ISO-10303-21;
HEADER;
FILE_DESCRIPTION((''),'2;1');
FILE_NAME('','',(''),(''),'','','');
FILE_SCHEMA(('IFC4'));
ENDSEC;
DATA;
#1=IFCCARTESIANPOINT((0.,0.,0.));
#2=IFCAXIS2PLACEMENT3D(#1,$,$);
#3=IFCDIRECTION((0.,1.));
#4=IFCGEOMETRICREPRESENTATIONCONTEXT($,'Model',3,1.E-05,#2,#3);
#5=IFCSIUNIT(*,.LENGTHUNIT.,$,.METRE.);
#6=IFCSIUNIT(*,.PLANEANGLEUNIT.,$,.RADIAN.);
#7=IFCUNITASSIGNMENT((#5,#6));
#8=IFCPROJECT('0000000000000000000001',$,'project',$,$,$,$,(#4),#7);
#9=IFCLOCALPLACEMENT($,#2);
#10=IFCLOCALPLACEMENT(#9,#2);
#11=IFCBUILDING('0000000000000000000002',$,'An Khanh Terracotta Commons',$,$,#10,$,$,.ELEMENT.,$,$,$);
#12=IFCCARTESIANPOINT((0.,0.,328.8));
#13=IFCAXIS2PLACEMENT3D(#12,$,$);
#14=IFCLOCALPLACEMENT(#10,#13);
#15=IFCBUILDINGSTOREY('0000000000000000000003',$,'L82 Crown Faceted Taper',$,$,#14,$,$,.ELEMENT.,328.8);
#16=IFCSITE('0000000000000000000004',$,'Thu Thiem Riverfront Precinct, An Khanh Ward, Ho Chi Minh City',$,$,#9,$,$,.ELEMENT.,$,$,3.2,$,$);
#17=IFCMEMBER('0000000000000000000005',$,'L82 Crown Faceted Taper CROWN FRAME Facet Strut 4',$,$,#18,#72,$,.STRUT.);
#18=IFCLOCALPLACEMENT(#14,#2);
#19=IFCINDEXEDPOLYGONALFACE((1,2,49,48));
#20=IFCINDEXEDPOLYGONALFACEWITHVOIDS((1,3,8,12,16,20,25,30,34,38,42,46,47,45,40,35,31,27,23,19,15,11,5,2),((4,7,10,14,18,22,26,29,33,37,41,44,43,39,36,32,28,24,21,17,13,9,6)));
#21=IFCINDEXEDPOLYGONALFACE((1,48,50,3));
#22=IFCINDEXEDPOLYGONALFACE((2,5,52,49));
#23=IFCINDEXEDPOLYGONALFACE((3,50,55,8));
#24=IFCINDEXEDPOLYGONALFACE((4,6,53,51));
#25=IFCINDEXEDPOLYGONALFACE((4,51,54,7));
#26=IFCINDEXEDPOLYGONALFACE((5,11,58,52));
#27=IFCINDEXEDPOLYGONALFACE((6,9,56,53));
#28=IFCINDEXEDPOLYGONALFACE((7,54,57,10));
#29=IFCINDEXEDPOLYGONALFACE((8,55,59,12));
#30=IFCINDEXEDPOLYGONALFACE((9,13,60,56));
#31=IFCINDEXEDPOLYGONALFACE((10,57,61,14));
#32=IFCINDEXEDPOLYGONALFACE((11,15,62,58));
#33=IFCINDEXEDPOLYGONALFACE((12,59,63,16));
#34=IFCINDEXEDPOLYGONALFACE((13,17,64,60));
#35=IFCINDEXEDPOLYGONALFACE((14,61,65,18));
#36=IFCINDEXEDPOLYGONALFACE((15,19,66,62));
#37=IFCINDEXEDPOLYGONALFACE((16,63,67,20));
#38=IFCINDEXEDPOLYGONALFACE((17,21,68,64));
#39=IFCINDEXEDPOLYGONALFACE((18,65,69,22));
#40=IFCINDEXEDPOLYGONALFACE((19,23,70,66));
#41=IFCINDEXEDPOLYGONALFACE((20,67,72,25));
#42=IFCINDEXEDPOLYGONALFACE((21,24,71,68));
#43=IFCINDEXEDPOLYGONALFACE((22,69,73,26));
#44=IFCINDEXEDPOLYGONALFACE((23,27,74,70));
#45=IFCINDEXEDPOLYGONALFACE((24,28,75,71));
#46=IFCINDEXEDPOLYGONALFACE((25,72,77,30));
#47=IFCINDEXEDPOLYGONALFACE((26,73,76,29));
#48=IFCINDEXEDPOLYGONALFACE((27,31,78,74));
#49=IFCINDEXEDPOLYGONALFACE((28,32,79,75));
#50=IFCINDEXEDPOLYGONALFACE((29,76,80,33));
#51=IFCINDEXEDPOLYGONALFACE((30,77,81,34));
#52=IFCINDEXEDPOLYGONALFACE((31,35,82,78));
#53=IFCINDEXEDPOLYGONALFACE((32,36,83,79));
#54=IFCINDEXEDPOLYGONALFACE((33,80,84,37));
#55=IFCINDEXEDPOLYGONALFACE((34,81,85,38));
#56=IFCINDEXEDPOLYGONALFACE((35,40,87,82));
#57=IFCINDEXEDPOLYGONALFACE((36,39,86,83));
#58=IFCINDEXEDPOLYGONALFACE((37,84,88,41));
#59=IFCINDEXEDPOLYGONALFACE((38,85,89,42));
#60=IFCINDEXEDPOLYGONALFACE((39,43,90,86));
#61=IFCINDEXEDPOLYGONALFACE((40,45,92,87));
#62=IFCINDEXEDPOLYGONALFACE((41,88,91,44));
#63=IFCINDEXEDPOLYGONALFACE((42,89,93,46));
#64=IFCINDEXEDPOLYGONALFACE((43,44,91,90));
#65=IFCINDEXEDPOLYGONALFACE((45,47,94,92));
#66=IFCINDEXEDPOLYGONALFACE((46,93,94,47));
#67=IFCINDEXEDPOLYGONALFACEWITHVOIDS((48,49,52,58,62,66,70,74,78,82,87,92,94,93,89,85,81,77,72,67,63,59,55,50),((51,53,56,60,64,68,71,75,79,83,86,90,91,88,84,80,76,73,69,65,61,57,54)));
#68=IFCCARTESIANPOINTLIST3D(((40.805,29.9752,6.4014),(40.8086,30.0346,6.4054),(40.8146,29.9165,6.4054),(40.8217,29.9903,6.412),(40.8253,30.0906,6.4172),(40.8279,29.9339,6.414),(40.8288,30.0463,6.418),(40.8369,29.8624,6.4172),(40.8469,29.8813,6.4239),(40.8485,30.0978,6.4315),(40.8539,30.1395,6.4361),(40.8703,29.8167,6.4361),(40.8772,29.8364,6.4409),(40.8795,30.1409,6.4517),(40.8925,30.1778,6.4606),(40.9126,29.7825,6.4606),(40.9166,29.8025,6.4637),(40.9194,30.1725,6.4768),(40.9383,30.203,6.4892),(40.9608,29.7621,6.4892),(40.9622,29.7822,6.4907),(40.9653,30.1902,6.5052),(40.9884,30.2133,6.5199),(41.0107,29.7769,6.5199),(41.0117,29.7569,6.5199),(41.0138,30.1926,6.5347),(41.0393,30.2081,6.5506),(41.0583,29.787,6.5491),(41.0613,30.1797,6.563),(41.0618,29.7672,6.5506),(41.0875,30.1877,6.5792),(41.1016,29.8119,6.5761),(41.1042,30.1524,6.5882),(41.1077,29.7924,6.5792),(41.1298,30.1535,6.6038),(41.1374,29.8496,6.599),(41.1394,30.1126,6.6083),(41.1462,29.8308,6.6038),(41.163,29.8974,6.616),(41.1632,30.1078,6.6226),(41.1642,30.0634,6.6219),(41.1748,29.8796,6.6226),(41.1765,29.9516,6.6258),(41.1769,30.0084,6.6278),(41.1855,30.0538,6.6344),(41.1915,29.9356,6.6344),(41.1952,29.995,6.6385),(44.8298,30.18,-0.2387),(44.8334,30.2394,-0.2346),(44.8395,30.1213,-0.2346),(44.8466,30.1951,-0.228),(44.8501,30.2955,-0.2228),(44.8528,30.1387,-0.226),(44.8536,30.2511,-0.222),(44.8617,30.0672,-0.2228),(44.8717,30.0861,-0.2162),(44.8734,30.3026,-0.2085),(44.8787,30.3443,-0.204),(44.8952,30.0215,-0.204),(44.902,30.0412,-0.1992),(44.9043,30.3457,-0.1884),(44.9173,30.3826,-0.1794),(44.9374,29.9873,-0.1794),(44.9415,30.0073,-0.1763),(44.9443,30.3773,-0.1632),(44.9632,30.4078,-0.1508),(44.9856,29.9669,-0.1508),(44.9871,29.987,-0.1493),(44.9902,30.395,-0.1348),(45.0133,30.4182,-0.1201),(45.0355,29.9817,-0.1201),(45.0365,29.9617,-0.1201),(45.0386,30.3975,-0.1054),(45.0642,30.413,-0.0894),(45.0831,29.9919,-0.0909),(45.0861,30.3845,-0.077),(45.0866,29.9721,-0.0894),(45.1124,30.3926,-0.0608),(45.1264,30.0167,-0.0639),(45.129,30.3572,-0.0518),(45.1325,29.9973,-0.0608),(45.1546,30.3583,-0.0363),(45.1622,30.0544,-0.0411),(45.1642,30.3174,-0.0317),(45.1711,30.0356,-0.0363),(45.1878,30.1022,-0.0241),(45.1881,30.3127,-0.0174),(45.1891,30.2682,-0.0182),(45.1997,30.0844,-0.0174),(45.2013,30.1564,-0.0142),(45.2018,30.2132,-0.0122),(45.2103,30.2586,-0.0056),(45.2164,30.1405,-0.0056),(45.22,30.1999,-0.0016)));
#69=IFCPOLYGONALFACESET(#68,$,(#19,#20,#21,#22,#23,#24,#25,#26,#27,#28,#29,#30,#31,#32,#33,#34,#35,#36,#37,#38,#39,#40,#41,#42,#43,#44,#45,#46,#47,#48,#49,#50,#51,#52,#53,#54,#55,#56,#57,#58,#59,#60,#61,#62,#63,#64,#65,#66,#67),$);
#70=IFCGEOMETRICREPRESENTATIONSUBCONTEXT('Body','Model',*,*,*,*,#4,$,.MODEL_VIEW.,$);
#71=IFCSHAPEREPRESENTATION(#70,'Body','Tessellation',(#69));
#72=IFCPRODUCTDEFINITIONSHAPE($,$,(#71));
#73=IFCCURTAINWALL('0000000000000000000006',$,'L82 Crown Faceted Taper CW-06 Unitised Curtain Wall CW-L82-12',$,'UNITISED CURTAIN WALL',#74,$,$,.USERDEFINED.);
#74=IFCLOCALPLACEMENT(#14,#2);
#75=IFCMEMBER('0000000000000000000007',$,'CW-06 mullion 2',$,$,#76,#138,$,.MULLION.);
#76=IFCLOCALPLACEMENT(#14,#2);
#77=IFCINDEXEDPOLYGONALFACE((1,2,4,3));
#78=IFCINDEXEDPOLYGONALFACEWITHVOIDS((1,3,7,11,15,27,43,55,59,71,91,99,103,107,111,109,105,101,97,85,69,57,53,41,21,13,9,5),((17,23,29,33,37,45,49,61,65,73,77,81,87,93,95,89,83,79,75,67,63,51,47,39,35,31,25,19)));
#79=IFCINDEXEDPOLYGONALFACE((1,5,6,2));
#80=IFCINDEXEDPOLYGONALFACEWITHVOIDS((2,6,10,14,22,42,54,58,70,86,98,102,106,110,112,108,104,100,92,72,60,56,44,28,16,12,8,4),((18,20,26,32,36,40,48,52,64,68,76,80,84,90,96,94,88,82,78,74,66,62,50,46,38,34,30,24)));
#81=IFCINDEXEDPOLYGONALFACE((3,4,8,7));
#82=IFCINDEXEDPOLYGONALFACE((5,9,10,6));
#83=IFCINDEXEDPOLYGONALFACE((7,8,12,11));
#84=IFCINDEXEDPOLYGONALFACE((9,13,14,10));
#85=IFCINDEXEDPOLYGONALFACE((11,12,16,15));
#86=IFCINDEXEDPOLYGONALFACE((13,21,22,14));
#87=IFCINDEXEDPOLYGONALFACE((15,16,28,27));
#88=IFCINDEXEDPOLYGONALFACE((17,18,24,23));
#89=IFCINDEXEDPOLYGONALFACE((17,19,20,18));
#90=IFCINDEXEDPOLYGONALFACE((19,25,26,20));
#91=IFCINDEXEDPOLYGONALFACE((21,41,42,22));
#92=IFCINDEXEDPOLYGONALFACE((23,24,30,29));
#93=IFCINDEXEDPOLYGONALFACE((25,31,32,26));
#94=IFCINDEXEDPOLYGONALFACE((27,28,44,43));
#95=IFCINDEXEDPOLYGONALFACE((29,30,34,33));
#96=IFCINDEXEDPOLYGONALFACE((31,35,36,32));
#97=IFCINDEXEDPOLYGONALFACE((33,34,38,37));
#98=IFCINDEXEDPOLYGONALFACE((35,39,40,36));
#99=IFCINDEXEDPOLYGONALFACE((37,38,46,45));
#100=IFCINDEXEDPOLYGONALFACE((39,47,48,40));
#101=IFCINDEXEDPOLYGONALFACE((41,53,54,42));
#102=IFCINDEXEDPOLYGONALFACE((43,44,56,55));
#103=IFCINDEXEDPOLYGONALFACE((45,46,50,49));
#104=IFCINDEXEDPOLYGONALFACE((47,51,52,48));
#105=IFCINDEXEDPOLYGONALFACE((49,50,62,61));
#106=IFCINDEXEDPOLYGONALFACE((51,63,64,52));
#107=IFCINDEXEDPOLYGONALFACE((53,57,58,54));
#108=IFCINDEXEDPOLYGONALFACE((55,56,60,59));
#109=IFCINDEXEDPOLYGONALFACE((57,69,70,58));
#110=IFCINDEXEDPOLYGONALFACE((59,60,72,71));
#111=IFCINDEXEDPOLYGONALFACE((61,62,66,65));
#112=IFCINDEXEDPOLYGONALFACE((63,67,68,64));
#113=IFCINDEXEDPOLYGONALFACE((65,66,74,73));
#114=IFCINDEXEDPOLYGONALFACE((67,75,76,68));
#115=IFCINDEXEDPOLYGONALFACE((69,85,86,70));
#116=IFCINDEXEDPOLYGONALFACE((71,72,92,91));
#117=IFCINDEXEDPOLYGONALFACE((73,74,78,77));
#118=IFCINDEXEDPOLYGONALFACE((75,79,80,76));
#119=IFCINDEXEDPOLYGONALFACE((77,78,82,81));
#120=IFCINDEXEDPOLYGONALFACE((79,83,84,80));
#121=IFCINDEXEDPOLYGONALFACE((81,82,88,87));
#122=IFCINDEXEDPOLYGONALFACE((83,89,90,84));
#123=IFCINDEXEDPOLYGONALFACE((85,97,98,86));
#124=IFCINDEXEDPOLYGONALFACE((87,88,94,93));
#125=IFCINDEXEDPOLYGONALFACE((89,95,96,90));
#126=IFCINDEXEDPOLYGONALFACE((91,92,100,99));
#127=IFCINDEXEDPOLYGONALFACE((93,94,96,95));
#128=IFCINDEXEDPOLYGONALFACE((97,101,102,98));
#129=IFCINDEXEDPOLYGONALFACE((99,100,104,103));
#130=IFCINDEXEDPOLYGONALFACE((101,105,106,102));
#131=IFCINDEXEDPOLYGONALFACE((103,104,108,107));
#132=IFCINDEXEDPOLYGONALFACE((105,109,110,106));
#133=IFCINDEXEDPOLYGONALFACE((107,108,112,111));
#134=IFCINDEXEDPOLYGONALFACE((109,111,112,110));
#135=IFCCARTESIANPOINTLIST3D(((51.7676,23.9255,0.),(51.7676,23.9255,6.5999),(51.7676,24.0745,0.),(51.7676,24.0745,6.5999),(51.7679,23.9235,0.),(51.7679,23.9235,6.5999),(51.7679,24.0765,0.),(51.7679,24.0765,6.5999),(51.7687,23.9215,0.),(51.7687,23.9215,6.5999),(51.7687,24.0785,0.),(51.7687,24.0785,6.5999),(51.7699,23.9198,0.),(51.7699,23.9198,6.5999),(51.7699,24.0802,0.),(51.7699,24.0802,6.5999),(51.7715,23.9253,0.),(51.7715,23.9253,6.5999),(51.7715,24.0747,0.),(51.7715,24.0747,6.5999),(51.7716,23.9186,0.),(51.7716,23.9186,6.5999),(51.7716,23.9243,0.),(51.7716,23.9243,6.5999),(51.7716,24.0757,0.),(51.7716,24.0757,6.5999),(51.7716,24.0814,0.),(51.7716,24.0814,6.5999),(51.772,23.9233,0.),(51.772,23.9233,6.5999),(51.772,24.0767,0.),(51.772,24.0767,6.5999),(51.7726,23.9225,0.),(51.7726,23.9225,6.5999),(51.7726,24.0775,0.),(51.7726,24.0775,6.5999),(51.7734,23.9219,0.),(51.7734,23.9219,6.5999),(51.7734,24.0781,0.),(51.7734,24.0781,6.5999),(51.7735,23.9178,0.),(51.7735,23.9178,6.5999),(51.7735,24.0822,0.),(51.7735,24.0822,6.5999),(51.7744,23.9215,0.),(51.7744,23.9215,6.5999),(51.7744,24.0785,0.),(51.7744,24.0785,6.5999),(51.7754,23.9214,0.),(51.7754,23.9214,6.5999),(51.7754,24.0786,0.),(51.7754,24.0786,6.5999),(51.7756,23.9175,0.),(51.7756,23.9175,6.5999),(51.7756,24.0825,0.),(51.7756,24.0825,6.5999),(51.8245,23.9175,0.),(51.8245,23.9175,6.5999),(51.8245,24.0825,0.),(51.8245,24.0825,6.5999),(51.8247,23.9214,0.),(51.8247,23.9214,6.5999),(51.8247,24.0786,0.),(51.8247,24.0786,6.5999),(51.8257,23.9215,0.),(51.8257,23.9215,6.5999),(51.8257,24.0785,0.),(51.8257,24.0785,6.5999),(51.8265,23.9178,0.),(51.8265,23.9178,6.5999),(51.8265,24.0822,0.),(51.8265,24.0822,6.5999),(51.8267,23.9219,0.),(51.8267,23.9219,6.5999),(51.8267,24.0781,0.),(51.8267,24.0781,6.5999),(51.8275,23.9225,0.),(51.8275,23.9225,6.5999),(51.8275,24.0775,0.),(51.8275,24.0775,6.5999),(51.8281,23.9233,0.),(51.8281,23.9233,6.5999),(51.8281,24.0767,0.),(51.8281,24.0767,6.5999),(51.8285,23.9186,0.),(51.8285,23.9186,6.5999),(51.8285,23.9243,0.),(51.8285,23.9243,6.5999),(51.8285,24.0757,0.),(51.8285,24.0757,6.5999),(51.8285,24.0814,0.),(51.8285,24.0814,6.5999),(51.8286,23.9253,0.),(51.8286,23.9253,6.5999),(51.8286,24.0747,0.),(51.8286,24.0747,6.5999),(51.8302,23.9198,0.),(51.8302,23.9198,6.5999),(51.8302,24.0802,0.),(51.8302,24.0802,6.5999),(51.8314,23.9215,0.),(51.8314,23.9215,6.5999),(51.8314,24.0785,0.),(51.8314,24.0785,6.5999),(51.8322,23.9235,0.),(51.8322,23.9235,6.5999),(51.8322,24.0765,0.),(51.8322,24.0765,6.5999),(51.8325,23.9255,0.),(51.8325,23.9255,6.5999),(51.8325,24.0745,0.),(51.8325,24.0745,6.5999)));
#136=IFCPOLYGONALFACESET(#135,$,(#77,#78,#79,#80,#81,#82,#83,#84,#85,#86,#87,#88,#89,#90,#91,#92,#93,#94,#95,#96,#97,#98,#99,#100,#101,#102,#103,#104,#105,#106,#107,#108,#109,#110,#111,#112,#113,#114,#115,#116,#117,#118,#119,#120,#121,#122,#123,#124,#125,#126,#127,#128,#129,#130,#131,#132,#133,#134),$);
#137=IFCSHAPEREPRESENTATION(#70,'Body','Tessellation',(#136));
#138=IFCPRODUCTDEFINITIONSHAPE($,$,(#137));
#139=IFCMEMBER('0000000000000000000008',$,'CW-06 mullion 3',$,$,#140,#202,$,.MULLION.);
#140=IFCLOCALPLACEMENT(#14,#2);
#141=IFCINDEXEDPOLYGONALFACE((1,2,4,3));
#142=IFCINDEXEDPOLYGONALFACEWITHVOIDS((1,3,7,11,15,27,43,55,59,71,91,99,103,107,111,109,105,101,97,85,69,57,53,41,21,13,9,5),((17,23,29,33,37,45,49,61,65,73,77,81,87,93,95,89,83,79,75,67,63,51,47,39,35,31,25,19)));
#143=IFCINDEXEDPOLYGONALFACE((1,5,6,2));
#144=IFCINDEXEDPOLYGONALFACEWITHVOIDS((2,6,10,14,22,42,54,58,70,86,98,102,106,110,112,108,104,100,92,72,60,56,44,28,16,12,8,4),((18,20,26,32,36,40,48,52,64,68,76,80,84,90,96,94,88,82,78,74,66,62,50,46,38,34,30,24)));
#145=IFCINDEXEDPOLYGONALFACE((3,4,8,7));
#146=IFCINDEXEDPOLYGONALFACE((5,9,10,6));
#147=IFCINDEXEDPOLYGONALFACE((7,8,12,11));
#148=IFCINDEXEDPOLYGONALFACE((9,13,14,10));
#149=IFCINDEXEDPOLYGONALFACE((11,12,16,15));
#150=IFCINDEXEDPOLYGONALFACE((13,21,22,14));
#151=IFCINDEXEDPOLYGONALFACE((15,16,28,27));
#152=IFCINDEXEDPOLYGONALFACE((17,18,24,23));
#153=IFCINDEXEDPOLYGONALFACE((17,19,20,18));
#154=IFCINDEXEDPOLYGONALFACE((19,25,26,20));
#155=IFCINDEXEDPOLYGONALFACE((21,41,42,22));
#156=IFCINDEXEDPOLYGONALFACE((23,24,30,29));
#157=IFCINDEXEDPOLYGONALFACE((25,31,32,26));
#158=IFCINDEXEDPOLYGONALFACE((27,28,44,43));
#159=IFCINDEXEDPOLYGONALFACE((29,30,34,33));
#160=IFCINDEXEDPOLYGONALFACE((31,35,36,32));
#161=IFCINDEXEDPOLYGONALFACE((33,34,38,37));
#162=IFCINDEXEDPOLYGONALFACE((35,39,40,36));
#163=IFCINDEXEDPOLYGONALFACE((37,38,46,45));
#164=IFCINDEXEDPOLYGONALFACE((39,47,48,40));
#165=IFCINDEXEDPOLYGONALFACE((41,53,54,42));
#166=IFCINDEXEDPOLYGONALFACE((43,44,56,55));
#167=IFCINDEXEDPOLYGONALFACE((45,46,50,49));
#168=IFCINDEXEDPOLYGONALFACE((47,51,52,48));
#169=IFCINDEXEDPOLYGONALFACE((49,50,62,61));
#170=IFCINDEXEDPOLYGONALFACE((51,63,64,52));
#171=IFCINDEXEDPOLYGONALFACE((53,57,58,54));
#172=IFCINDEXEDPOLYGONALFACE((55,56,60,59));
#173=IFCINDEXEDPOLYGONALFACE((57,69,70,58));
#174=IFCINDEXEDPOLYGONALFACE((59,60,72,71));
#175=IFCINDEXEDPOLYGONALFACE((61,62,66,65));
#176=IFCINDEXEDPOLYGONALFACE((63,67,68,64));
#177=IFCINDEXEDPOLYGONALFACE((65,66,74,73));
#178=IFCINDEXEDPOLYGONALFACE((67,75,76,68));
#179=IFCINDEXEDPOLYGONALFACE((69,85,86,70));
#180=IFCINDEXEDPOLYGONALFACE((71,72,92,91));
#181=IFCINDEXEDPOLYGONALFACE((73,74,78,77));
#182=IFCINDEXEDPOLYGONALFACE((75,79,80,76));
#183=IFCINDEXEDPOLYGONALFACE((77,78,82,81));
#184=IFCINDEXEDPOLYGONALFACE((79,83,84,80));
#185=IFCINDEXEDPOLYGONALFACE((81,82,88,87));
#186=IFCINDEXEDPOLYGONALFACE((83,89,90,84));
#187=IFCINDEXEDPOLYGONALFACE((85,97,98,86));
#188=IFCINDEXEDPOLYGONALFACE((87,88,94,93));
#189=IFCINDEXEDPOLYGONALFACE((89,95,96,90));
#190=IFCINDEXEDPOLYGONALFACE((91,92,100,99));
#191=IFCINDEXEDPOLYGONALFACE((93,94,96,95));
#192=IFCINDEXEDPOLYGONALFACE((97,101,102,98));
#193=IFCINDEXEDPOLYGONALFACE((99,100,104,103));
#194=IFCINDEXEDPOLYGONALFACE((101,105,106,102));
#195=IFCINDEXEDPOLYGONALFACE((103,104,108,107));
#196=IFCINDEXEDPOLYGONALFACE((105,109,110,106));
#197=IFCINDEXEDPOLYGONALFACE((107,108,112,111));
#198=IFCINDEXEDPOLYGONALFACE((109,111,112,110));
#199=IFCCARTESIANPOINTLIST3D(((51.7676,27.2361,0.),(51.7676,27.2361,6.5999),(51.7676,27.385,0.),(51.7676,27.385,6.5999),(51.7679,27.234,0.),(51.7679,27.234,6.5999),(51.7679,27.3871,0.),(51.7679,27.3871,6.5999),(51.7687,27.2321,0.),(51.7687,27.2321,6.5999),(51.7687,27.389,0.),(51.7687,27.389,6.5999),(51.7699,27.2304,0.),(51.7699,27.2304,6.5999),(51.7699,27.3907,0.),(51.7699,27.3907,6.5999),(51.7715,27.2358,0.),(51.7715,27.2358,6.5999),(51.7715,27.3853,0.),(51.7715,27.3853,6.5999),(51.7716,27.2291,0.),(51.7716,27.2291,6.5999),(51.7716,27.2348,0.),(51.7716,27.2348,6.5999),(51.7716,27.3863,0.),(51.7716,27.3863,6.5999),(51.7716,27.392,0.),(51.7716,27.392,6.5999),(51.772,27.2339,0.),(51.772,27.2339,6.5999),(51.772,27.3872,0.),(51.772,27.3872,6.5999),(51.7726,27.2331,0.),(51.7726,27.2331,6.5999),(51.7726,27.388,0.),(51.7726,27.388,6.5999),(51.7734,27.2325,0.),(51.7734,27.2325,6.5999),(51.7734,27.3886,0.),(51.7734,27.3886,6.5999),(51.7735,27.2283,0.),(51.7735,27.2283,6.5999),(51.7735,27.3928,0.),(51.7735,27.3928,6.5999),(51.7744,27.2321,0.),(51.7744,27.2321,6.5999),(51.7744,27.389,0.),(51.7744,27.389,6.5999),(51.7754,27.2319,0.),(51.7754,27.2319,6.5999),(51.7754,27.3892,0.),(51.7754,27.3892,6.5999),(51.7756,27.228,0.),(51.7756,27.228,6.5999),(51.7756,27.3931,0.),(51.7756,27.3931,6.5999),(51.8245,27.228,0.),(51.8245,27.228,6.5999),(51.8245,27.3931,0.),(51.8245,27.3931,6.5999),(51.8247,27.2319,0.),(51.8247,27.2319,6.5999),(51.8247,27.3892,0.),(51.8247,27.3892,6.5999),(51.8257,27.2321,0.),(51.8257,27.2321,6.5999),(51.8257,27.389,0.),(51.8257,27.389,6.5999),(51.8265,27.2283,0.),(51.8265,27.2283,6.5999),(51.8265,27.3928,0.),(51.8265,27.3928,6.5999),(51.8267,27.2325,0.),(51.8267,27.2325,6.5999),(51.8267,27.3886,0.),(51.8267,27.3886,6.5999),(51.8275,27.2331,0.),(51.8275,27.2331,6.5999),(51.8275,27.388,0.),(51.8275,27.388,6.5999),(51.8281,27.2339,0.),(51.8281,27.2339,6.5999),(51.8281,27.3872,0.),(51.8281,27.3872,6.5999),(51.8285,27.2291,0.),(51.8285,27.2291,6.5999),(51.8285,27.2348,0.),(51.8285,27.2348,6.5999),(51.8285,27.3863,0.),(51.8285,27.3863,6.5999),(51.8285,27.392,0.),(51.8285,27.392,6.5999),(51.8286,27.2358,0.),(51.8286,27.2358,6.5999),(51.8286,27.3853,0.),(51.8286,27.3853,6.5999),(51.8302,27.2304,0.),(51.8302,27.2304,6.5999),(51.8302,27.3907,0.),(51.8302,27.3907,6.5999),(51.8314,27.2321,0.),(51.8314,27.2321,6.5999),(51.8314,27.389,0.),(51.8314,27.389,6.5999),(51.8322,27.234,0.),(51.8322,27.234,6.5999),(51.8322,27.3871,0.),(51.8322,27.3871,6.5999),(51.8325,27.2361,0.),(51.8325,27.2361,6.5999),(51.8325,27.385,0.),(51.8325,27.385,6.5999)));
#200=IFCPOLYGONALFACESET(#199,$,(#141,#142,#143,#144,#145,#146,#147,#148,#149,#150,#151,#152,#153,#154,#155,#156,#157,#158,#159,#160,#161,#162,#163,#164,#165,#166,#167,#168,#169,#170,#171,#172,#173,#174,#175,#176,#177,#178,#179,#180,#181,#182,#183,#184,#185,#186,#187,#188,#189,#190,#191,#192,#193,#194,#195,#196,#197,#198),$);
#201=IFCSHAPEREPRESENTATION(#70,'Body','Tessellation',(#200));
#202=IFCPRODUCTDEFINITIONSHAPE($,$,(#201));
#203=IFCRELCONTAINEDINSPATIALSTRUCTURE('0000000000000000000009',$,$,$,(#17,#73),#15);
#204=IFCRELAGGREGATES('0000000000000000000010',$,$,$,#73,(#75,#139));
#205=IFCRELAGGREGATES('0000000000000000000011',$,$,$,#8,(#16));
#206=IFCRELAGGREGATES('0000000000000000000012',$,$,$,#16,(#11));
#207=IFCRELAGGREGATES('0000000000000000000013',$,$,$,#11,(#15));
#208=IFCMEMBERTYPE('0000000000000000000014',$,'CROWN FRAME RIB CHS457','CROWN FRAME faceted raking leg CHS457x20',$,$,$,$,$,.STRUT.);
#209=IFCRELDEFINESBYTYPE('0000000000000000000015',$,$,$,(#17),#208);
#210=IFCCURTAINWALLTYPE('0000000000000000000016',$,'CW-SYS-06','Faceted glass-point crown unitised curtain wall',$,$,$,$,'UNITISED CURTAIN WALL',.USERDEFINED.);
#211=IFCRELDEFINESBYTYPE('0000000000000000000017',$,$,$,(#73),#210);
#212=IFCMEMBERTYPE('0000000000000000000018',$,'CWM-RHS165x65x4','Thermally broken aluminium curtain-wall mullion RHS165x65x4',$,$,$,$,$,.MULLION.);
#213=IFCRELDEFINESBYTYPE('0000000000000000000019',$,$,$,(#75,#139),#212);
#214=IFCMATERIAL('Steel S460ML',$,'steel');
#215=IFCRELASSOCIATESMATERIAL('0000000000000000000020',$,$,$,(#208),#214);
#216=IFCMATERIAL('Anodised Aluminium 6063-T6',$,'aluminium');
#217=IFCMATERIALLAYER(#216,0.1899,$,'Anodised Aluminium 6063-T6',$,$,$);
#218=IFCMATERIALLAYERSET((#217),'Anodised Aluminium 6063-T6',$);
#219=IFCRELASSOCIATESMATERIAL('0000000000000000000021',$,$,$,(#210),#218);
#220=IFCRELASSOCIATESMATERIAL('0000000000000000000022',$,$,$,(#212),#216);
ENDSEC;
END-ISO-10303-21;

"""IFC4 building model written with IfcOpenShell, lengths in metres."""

from ifc_helpers import new_model, si_unit, direction, frame, origin, origin_2d, place, context, subcontext, project, spatial, hollow_rectangle, hollow_circle, extrude, material, layer, layer_set, material_profile, profile_set, type_object, element, aggregate, save


model = new_model("IFC4")

# Units and contexts
model_context = context("Model", 3, precision=1e-05, world=origin(), true_north=direction((0.0, 1.0)))
body_context = subcontext(model_context, "Body", "Model", "MODEL_VIEW")
ifc_project = project(units=[si_unit("LENGTHUNIT", "METRE"), si_unit("PLANEANGLEUNIT", "RADIAN")], contexts=[model_context])

# Site, building, storey
site_placement = place(None, origin())
site = spatial("IfcSite", under=ifc_project, at=site_placement, Name="Thu Thiem Riverfront Precinct, An Khanh Ward, Ho Chi Minh City", CompositionType="ELEMENT", RefElevation=3.2)
building_placement = place(site_placement, origin())
building = spatial("IfcBuilding", under=site, at=building_placement, Name="An Khanh Terracotta Commons", CompositionType="ELEMENT")
storey_placement = place(building_placement, frame((0.0, 0.0, 328.8)))
storey = spatial("IfcBuildingStorey", under=building, at=storey_placement, Name="L82 Crown Faceted Taper", CompositionType="ELEMENT", Elevation=328.8)

# Member
ifc_material_1 = material(Name="Steel S460ML", Category="steel")
ifc_material_profile_1 = material_profile(ifc_material_1, hollow_circle(Radius=0.2285, WallThickness=0.02, at=origin_2d()), Name="CHS457x20")
ifc_profile_set_1 = profile_set([ifc_material_profile_1], Name="Steel S460ML")
member_type_1 = type_object("IfcMemberType", Name="CROWN FRAME RIB CHS457", Description="CROWN FRAME faceted raking leg CHS457x20", PredefinedType="STRUT", material=ifc_profile_set_1)
member_1_placement = place(storey_placement, frame((45.0249, 30.1899, -0.1201), z_axis=(-0.518176, -0.026371, 0.854867), x_axis=(0.050826, -0.998708, 0.0)))
element("IfcMember", 1, at=member_1_placement, inside=storey, type_object=member_type_1, Name="L82 Crown Faceted Taper CROWN FRAME Facet Strut 4", PredefinedType="STRUT", context=body_context, shape_type="SweptSolid", body=[
    extrude(hollow_circle(Radius=0.2285, WallThickness=0.02, at=origin_2d()), origin(), (0.0, 0.0, 1.0), 7.7673),
])

# Curtain wall, members
ifc_material_2 = material(Name="Anodised Aluminium 6063-T6", Category="aluminium")
ifc_layer_1 = layer(ifc_material_2, 0.1899, Name="Anodised Aluminium 6063-T6")
ifc_layer_set_1 = layer_set([ifc_layer_1], Name="Anodised Aluminium 6063-T6")
curtain_wall_type = type_object("IfcCurtainWallType", Name="CW-SYS-06", Description="Faceted glass-point crown unitised curtain wall", ElementType="UNITISED CURTAIN WALL", PredefinedType="USERDEFINED", material=ifc_layer_set_1)
curtain_wall_1_placement = place(storey_placement, origin())
curtain_wall_1 = element("IfcCurtainWall", 2, at=curtain_wall_1_placement, inside=storey, type_object=curtain_wall_type, Name="L82 Crown Faceted Taper CW-06 Unitised Curtain Wall CW-L82-12", ObjectType="UNITISED CURTAIN WALL", PredefinedType="USERDEFINED")
ifc_material_profile_2 = material_profile(ifc_material_2, hollow_rectangle(XDim=0.0649, YDim=0.165, WallThickness=0.0039, InnerFilletRadius=0.0039, OuterFilletRadius=0.0081, at=origin_2d()), Name="RHS165x65x4")
ifc_profile_set_2 = profile_set([ifc_material_profile_2], Name="Anodised Aluminium 6063-T6")
member_type_2 = type_object("IfcMemberType", Name="CWM-RHS165x65x4", Description="Thermally broken aluminium curtain-wall mullion RHS165x65x4", PredefinedType="MULLION", material=ifc_profile_set_2)
member_2_placement = place(storey_placement, frame((51.8, 24.0, 0.0), z_axis=(0.0, 0.0, 1.0), x_axis=(-1.0, 0.0, 0.0)))
member_2 = element("IfcMember", 3, at=member_2_placement, type_object=member_type_2, Name="CW-06 mullion 2", PredefinedType="MULLION", context=body_context, shape_type="SweptSolid", body=[
    extrude(hollow_rectangle(XDim=0.0649, YDim=0.165, WallThickness=0.0039, InnerFilletRadius=0.0039, OuterFilletRadius=0.0081, at=origin_2d()), origin(), (0.0, 0.0, 1.0), 6.5999),
])
member_3_placement = place(storey_placement, frame((51.8, 27.3105, 0.0), z_axis=(0.0, 0.0, 1.0), x_axis=(-1.0, 0.0, 0.0)))
member_3 = element("IfcMember", 4, at=member_3_placement, type_object=member_type_2, Name="CW-06 mullion 3", PredefinedType="MULLION", context=body_context, shape_type="SweptSolid", body=[
    extrude(hollow_rectangle(XDim=0.0649, YDim=0.165, WallThickness=0.0039, InnerFilletRadius=0.0039, OuterFilletRadius=0.0081, at=origin_2d()), origin(), (0.0, 0.0, 1.0), 6.5999),
])

aggregate(curtain_wall_1, [member_2, member_3])

save(model, "model.ifc")
